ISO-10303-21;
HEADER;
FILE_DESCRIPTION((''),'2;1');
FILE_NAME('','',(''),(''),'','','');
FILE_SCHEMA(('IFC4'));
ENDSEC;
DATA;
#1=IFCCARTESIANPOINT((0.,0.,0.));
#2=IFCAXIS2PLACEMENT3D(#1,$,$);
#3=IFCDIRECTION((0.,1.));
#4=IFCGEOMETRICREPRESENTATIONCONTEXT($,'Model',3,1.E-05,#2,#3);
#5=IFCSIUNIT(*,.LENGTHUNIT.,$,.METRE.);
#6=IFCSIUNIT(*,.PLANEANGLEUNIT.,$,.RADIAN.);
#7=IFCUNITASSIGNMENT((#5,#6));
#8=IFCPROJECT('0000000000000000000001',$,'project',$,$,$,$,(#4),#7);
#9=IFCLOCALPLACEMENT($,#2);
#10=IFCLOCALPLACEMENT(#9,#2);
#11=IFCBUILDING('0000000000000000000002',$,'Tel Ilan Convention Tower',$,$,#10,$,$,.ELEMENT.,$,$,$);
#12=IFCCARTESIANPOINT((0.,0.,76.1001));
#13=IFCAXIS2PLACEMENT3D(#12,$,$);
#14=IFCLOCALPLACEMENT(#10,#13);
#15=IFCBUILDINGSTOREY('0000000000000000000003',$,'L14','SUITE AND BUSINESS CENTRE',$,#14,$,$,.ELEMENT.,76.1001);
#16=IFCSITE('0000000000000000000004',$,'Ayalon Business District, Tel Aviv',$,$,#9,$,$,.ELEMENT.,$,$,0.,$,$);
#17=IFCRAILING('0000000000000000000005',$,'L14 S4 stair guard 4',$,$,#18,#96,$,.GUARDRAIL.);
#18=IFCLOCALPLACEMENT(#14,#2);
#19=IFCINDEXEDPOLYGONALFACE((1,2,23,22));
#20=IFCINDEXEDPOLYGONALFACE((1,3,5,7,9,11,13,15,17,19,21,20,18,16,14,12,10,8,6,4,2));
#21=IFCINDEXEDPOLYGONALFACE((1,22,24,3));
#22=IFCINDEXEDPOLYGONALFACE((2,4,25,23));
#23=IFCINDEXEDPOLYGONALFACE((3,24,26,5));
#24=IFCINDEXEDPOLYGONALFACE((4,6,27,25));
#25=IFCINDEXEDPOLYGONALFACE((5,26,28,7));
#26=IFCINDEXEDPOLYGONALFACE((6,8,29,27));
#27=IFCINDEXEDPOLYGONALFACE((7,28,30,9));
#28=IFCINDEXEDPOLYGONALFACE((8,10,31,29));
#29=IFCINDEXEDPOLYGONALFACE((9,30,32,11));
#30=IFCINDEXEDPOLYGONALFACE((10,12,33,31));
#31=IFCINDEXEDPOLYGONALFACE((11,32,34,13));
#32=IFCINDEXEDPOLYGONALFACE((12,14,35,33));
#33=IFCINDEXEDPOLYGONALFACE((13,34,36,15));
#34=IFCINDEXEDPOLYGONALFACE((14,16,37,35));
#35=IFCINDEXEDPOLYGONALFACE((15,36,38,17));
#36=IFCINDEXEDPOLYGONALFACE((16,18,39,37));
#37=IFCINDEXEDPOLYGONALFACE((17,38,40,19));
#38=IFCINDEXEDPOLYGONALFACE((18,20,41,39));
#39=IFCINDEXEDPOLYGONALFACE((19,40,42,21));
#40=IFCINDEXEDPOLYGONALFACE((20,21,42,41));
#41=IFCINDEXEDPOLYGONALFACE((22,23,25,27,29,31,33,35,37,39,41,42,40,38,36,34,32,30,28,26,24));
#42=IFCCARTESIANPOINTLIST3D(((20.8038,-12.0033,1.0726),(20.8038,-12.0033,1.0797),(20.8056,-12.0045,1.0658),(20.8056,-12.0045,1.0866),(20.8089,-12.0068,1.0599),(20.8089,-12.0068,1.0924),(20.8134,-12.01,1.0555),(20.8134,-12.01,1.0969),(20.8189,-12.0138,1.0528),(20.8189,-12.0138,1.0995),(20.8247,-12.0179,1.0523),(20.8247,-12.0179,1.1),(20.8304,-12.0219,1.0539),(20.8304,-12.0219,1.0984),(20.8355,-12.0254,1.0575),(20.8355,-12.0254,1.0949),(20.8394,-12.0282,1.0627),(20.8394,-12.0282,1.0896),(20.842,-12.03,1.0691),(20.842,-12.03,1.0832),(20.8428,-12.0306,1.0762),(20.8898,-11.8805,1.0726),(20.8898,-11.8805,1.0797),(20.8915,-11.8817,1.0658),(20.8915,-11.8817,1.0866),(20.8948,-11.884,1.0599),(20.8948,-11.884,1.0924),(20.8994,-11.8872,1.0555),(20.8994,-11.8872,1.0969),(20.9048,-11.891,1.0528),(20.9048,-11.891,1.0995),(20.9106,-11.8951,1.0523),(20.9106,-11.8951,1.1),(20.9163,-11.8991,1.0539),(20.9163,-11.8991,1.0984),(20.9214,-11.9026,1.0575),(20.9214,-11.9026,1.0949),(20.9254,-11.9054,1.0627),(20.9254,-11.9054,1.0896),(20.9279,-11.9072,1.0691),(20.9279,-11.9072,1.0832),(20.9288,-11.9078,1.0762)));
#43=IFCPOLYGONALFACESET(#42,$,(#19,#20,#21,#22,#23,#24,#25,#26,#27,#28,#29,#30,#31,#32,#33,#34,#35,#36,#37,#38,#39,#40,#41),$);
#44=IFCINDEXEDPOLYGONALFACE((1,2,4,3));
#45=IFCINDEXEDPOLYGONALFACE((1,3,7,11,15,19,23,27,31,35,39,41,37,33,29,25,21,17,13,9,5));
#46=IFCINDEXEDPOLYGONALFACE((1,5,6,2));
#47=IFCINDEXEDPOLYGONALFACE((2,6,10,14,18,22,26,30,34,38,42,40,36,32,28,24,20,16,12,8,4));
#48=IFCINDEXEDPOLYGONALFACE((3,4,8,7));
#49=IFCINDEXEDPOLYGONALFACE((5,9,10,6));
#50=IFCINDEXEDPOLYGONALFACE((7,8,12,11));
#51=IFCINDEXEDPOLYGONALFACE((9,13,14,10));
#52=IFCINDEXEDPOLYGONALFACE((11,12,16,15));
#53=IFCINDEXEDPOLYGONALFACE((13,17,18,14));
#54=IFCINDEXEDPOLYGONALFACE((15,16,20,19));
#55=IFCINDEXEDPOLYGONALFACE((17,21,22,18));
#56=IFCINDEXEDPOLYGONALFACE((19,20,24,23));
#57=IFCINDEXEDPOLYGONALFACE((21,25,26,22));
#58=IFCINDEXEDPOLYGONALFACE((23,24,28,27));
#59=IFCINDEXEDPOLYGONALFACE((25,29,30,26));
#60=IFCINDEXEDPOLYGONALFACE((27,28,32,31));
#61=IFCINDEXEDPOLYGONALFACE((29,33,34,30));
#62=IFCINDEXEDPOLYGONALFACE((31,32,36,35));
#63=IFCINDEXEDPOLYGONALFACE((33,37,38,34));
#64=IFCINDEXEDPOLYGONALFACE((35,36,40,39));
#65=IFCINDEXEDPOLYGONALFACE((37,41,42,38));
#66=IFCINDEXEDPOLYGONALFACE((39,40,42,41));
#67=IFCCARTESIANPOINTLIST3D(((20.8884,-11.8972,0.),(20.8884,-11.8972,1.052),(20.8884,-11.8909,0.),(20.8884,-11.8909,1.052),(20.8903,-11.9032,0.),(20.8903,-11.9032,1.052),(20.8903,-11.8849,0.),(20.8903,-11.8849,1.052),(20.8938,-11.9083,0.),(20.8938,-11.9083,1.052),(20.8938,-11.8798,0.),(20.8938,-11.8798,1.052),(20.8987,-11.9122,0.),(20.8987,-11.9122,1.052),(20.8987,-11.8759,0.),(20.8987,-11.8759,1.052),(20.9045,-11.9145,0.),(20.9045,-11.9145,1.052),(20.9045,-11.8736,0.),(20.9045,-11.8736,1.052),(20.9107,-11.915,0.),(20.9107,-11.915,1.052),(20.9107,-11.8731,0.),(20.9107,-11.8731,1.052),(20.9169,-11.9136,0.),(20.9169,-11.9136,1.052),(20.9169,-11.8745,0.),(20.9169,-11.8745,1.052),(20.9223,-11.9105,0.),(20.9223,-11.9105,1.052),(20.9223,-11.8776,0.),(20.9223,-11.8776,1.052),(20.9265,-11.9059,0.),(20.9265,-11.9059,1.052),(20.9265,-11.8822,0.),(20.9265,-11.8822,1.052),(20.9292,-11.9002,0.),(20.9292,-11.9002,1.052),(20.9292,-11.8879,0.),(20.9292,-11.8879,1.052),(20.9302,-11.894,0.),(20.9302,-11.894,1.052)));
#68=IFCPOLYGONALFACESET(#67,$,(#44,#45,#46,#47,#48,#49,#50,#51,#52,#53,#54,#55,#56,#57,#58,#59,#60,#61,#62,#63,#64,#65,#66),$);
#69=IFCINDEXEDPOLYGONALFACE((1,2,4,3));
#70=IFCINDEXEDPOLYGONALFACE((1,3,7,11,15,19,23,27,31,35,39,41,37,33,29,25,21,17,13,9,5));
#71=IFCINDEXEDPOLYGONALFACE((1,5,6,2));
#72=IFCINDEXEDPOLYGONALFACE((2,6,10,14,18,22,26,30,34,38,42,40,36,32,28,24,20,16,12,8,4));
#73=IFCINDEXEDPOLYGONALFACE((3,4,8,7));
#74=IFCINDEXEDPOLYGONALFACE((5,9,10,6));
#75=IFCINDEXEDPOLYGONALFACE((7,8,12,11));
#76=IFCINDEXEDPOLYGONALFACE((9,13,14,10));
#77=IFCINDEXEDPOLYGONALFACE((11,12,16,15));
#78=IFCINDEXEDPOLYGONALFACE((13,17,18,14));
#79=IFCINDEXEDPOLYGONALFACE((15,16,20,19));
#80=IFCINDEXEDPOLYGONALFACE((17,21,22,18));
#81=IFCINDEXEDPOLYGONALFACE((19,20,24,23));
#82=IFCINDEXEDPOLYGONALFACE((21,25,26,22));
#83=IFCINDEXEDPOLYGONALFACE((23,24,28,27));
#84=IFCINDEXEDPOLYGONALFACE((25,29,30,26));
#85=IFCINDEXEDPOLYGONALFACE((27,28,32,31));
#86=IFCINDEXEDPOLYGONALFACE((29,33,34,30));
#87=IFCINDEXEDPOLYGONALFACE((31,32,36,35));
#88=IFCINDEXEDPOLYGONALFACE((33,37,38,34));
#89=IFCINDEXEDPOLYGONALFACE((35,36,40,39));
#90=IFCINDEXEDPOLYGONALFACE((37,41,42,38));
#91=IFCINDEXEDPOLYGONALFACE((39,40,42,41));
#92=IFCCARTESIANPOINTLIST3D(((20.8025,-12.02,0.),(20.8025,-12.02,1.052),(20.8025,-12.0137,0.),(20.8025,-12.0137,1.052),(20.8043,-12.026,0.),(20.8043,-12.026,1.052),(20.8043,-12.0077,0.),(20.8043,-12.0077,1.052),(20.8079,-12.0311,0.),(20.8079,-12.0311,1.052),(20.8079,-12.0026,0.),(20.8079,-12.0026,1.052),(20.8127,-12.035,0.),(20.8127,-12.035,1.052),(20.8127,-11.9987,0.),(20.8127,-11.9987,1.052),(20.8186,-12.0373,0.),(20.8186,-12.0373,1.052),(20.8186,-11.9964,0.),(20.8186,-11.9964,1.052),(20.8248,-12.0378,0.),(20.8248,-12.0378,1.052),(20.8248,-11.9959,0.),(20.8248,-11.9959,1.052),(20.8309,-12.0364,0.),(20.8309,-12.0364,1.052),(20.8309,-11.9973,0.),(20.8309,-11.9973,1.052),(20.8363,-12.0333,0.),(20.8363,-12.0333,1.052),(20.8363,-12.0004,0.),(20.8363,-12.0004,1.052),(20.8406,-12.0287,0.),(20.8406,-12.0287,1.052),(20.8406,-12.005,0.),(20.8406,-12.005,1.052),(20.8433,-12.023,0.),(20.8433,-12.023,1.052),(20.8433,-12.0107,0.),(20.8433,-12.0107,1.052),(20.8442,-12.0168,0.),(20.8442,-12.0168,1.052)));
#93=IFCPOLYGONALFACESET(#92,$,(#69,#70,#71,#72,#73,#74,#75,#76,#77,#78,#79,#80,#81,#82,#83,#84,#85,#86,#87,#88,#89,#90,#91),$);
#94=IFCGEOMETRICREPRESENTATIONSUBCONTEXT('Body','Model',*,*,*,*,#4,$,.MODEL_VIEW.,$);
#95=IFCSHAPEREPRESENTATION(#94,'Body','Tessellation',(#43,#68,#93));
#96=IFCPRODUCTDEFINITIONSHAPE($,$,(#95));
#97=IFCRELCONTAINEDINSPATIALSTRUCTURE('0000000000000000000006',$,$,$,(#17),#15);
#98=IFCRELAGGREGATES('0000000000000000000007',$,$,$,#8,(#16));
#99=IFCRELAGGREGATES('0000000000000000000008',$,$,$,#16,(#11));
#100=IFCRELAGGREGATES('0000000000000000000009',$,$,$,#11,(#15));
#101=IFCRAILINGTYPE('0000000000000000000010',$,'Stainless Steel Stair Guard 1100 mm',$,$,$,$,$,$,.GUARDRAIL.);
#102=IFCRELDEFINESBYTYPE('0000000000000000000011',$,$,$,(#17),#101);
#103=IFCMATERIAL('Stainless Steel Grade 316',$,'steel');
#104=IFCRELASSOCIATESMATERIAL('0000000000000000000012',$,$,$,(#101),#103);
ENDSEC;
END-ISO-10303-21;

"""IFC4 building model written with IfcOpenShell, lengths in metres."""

from ifc_helpers import new_model, si_unit, direction, frame, origin, origin_2d, place, context, subcontext, project, spatial, circle, extrude, material, type_object, element, save


model = new_model("IFC4")

# Units and contexts
model_context = context("Model", 3, precision=1e-05, world=origin(), true_north=direction((0.0, 1.0)))
body_context = subcontext(model_context, "Body", "Model", "MODEL_VIEW")
ifc_project = project(units=[si_unit("LENGTHUNIT", "METRE"), si_unit("PLANEANGLEUNIT", "RADIAN")], contexts=[model_context])

# Site, building, storey
site_placement = place(None, origin())
site = spatial("IfcSite", under=ifc_project, at=site_placement, Name="Ayalon Business District, Tel Aviv", CompositionType="ELEMENT", RefElevation=0.0)
building_placement = place(site_placement, origin())
building = spatial("IfcBuilding", under=site, at=building_placement, Name="Tel Ilan Convention Tower", CompositionType="ELEMENT")
storey_placement = place(building_placement, frame((0.0, 0.0, 76.1001)))
storey = spatial("IfcBuildingStorey", under=building, at=storey_placement, Name="L14", Description="SUITE AND BUSINESS CENTRE", CompositionType="ELEMENT", Elevation=76.1001)

# Railing
ifc_material_1 = material(Name="Stainless Steel Grade 316", Category="steel")
railing_type_1 = type_object("IfcRailingType", Name="Stainless Steel Stair Guard 1100 mm", PredefinedType="GUARDRAIL", material=ifc_material_1)
railing_1_placement = place(storey_placement, frame((20.9092, -11.894, 0.0)))
element("IfcRailing", 1, at=railing_1_placement, inside=storey, type_object=railing_type_1, Name="L14 S4 stair guard 4", PredefinedType="GUARDRAIL", context=body_context, shape_type="SweptSolid", body=[
    extrude(circle(Radius=0.0239, at=origin_2d()), frame((0.0, 0.0, 1.0762), z_axis=(-0.573353, -0.819308, 0.0), x_axis=(0.819308, -0.573353, 0.0)), (0.0, 0.0, 1.0), 0.1499),
    extrude(circle(Radius=0.021, at=origin_2d()), origin(), (0.0, 0.0, 1.0), 1.052),
    extrude(circle(Radius=0.021, at=origin_2d()), frame((-0.0859, -0.1228, 0.0)), (0.0, 0.0, 1.0), 1.052),
])

save(model, "model.ifc")
